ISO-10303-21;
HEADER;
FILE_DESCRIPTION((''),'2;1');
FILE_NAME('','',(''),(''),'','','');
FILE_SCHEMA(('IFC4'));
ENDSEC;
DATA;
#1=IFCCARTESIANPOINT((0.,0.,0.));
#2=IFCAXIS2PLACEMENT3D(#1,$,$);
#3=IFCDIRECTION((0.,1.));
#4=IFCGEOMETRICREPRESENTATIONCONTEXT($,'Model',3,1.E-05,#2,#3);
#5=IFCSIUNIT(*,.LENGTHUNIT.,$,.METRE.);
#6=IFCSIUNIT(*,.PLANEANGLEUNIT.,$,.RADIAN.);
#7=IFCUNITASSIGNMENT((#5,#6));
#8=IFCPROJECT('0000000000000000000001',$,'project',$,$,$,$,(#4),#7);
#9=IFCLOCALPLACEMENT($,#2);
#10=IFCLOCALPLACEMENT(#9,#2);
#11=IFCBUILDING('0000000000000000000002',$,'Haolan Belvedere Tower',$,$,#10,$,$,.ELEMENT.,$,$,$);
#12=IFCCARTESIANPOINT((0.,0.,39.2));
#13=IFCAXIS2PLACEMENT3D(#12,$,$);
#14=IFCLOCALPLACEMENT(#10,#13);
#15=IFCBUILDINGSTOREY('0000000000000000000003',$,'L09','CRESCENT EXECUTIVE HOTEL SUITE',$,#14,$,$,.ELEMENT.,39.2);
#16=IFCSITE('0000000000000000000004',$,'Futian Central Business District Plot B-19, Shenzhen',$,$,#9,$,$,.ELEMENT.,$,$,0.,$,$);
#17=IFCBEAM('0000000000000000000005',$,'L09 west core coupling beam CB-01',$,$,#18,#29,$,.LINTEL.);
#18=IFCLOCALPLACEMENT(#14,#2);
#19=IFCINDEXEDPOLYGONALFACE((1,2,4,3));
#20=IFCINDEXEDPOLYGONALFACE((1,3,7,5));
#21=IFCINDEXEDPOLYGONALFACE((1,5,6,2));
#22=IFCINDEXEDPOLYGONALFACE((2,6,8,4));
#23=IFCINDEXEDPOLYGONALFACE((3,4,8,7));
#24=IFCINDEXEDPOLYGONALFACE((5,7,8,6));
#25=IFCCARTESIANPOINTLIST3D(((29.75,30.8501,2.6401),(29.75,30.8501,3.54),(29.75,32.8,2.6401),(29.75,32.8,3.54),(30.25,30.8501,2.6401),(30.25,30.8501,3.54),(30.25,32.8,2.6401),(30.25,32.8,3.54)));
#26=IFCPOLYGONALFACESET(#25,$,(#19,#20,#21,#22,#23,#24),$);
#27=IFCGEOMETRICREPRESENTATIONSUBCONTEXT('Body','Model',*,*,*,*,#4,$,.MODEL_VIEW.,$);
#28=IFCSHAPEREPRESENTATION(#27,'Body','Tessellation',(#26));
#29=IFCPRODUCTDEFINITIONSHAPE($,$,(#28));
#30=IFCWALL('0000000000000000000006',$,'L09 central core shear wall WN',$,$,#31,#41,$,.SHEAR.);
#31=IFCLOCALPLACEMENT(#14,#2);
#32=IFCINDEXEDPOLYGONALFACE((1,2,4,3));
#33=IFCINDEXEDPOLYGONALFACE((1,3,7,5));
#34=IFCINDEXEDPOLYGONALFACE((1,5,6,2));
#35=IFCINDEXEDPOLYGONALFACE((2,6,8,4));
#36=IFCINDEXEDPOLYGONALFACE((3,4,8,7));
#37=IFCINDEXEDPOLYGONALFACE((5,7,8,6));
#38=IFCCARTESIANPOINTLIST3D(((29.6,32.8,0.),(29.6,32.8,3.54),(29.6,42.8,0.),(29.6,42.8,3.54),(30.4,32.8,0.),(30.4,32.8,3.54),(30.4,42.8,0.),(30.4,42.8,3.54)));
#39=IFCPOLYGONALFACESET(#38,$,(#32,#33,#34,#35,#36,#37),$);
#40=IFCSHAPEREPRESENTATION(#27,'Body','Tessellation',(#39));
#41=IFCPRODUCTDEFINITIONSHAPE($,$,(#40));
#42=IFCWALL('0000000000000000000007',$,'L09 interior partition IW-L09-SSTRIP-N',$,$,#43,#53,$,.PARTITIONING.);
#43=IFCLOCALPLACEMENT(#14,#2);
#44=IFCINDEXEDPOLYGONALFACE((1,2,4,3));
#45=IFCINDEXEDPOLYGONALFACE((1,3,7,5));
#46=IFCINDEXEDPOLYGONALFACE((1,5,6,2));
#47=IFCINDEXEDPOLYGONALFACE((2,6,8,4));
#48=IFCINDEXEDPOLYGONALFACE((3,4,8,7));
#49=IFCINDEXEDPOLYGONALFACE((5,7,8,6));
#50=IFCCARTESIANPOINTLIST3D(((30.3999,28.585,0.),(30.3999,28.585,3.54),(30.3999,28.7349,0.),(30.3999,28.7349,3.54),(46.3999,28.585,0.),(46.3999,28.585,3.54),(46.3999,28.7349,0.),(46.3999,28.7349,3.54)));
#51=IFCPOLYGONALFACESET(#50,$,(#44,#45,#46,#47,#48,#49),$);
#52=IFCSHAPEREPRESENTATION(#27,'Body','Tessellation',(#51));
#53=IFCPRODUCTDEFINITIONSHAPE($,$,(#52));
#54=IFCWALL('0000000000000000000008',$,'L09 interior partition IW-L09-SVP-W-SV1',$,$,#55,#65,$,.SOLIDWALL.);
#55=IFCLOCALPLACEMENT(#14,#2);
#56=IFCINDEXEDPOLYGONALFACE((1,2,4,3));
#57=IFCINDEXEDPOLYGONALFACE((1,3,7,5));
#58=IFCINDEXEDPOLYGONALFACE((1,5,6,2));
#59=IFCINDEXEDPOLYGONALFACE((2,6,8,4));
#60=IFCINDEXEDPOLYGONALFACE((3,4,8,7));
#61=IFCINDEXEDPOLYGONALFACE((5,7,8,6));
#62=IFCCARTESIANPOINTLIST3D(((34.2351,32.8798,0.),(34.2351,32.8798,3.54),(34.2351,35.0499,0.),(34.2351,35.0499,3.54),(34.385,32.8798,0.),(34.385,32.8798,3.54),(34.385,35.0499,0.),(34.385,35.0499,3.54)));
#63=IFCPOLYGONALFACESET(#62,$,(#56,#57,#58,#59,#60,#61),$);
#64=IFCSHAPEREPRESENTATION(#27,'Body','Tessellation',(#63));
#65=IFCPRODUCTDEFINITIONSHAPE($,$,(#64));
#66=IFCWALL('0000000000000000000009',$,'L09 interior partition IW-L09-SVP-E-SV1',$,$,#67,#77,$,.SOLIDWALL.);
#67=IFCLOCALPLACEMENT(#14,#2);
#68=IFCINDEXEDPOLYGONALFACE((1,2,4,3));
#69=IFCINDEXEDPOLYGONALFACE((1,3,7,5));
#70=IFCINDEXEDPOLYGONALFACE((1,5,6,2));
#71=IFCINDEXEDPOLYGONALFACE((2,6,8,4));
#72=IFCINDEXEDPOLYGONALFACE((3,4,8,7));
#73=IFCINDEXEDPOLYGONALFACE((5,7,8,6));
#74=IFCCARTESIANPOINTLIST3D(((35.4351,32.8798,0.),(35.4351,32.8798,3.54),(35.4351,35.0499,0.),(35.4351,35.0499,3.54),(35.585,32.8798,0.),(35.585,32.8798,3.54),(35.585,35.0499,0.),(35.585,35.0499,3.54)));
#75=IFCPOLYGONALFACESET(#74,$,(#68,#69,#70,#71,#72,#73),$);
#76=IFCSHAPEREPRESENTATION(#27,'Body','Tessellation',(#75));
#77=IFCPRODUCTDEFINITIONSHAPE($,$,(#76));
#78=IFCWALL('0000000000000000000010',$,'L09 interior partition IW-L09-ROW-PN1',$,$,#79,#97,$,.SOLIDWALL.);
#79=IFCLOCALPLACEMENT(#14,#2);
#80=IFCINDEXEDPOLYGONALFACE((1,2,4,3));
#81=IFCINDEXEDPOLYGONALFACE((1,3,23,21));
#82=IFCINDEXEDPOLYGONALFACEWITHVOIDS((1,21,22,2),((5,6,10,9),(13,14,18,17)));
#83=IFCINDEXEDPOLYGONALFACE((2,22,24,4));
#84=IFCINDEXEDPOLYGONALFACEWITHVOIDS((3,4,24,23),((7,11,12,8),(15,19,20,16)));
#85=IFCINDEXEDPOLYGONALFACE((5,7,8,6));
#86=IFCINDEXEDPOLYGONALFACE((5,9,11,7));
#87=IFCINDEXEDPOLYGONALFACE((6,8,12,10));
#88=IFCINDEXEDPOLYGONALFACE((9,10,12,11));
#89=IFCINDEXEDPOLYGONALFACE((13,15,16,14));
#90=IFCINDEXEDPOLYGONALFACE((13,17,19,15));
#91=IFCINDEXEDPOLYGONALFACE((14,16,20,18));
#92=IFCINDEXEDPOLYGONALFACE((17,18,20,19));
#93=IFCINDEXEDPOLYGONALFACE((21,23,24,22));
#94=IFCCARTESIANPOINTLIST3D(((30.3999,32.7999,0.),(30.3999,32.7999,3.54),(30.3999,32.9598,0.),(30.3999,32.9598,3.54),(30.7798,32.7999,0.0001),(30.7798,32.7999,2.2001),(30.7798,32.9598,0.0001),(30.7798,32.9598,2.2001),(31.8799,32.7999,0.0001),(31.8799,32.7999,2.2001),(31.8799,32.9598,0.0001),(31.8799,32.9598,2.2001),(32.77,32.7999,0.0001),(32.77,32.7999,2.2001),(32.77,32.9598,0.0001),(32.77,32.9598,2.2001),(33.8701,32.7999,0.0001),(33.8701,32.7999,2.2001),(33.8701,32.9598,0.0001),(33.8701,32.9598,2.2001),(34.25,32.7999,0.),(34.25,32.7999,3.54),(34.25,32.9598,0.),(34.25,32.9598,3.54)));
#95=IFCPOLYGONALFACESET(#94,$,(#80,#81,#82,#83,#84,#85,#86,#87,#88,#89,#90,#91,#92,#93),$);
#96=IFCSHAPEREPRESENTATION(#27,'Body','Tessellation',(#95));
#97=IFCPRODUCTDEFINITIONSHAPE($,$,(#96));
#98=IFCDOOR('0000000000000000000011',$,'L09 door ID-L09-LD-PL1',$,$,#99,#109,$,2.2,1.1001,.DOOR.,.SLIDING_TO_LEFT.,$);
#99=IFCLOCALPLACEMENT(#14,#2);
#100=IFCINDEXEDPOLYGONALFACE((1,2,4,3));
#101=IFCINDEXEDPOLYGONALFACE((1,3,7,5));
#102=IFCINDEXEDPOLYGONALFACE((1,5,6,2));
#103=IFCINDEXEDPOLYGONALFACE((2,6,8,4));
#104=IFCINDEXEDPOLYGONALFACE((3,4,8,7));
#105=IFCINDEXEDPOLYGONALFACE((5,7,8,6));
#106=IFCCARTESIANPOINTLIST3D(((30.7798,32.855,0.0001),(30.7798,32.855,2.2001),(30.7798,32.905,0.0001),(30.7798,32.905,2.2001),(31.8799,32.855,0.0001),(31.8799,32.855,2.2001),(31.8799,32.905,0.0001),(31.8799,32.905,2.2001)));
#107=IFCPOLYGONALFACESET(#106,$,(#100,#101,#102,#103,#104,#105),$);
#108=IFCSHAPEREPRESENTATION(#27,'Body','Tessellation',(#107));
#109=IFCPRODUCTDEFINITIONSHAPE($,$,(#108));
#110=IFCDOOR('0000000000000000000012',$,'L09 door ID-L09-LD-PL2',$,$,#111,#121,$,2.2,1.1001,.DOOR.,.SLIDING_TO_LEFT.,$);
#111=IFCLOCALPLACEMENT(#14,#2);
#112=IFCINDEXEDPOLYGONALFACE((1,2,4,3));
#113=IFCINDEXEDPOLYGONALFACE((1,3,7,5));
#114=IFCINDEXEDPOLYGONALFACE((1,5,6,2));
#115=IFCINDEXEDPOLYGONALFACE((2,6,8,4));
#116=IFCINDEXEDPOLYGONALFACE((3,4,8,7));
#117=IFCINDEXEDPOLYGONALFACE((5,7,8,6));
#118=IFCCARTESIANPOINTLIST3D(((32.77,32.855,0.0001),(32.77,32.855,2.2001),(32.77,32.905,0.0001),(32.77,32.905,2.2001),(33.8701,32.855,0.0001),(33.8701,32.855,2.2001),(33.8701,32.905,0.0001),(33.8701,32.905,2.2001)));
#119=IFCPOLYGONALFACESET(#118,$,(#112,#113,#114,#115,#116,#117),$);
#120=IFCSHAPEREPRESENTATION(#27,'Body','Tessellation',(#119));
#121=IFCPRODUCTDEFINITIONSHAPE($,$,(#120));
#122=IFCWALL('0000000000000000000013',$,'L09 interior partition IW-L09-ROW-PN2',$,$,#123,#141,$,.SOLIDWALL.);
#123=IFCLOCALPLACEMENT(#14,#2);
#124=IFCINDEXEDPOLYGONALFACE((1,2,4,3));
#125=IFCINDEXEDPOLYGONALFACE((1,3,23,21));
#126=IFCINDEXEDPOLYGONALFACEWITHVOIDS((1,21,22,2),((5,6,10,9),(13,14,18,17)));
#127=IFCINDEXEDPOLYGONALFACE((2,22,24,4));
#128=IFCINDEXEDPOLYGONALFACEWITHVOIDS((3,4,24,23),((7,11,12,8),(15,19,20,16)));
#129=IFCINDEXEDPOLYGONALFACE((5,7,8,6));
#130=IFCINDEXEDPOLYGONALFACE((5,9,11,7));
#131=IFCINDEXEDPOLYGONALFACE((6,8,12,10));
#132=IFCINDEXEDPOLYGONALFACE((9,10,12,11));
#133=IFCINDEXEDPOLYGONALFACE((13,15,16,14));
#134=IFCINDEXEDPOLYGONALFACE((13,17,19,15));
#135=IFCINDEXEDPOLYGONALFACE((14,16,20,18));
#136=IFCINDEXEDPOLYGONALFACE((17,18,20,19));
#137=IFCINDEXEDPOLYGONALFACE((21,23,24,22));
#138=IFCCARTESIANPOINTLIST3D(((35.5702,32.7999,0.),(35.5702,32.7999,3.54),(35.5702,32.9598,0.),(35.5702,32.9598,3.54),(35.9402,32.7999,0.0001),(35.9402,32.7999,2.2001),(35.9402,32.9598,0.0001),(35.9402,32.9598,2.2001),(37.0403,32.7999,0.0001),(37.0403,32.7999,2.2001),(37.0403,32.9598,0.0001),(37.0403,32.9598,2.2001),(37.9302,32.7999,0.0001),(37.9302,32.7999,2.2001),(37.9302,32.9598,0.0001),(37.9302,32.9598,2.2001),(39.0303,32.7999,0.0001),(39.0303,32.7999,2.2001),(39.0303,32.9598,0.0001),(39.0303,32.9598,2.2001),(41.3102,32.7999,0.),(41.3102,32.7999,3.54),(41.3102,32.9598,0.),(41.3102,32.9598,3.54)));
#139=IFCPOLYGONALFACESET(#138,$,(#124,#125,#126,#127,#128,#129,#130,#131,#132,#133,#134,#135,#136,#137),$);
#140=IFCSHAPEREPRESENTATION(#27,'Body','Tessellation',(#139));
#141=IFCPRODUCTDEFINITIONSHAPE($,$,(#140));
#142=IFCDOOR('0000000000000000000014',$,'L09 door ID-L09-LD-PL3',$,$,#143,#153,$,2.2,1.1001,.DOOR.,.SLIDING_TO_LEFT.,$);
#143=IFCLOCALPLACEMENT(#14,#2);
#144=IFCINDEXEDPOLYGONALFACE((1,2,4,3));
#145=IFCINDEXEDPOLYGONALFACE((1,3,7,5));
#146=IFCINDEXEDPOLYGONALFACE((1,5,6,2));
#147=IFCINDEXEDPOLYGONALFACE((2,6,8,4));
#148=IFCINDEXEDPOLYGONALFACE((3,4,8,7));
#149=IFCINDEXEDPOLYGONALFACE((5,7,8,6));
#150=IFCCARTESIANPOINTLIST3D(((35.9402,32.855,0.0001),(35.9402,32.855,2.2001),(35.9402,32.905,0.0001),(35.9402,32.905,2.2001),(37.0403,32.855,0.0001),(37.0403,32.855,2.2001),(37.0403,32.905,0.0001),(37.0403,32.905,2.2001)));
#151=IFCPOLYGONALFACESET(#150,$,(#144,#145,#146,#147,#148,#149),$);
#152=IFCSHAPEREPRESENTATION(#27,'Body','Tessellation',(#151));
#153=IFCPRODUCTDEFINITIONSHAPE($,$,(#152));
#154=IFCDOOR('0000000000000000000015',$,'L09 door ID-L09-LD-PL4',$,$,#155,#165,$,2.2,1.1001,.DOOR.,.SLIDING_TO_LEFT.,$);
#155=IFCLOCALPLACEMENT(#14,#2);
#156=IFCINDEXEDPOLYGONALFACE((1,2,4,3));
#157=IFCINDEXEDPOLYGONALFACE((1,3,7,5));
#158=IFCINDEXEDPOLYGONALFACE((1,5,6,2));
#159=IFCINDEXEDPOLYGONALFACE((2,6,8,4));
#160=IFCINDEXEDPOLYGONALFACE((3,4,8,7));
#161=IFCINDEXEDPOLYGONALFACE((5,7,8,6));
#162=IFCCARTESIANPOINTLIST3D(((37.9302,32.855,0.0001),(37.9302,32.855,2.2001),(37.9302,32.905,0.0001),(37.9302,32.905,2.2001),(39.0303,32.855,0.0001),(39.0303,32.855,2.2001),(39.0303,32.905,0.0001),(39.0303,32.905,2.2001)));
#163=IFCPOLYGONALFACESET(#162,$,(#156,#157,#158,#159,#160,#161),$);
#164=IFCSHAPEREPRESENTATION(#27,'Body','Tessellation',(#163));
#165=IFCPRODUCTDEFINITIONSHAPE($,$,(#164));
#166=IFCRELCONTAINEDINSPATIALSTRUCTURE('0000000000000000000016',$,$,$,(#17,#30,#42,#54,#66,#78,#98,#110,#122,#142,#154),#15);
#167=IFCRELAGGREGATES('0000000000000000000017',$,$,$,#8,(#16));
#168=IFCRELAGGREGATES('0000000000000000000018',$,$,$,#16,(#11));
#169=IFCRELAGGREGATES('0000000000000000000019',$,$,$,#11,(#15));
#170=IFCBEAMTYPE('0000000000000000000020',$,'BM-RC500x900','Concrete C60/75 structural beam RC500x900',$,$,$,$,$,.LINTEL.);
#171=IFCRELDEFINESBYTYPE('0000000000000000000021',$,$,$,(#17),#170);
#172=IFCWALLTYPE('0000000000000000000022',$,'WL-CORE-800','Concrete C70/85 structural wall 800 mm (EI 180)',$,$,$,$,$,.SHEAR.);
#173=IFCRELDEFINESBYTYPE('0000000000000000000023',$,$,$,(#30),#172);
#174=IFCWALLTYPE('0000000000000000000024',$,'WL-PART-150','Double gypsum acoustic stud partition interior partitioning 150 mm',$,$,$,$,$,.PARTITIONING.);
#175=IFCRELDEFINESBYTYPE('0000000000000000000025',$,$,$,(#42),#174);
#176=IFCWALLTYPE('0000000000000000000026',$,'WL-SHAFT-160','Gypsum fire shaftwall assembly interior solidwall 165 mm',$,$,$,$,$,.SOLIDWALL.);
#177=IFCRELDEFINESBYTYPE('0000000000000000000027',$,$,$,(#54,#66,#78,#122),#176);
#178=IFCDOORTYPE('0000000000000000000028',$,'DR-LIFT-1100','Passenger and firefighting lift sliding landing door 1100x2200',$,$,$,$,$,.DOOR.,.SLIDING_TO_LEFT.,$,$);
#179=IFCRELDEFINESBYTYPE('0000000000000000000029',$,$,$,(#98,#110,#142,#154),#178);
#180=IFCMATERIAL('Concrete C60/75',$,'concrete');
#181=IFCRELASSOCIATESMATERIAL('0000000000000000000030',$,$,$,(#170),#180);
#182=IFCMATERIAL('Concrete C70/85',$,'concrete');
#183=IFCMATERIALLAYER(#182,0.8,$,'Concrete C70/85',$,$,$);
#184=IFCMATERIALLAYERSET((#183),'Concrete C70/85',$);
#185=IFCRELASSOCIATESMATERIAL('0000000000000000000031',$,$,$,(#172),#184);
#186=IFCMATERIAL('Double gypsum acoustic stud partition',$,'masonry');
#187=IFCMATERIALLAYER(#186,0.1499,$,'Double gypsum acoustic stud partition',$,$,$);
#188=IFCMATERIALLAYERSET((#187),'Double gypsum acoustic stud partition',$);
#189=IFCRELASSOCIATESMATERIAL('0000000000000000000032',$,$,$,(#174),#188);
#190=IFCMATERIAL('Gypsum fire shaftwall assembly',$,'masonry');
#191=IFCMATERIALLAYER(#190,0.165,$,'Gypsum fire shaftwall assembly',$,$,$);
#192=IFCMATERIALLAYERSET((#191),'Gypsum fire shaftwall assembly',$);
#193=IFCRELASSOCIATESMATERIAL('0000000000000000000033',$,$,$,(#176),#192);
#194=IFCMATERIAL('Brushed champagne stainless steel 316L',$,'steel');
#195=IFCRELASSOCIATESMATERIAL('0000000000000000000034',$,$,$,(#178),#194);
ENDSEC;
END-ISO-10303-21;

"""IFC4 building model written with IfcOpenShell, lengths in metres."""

from ifc_helpers import new_model, si_unit, direction, frame, frame_2d, origin, origin_2d, place, context, subcontext, project, spatial, rectangle, extrude, material, layer, layer_set, material_profile, profile_set, type_object, element, fill, save


model = new_model("IFC4")

# Units and contexts
model_context = context("Model", 3, precision=1e-05, world=origin(), true_north=direction((0.0, 1.0)))
body_context = subcontext(model_context, "Body", "Model", "MODEL_VIEW")
ifc_project = project(units=[si_unit("LENGTHUNIT", "METRE"), si_unit("PLANEANGLEUNIT", "RADIAN")], contexts=[model_context])

# Site, building, storey
site_placement = place(None, origin())
site = spatial("IfcSite", under=ifc_project, at=site_placement, Name="Futian Central Business District Plot B-19, Shenzhen", CompositionType="ELEMENT", RefElevation=0.0)
building_placement = place(site_placement, origin())
building = spatial("IfcBuilding", under=site, at=building_placement, Name="Haolan Belvedere Tower", CompositionType="ELEMENT")
storey_placement = place(building_placement, frame((0.0, 0.0, 39.2)))
storey = spatial("IfcBuildingStorey", under=building, at=storey_placement, Name="L09", Description="CRESCENT EXECUTIVE HOTEL SUITE", CompositionType="ELEMENT", Elevation=39.2)

# Beam
ifc_material_1 = material(Name="Concrete C60/75", Category="concrete")
ifc_material_profile = material_profile(ifc_material_1, rectangle(XDim=0.5, YDim=0.8999, at=origin_2d()), Name="Concrete C60/75")
ifc_profile_set = profile_set([ifc_material_profile], Name="Concrete C60/75")
beam_type = type_object("IfcBeamType", Name="BM-RC500x900", Description="Concrete C60/75 structural beam RC500x900", PredefinedType="LINTEL", material=ifc_profile_set)
beam_placement = place(storey_placement, frame((30.0, 30.8501, 3.0901), z_axis=(0.0, 1.0, 0.0), x_axis=(-1.0, 0.0, 0.0)))
element("IfcBeam", 1, at=beam_placement, inside=storey, type_object=beam_type, Name="L09 west core coupling beam CB-01", PredefinedType="LINTEL", context=body_context, shape_type="SweptSolid", body=[
    extrude(rectangle(XDim=0.5, YDim=0.8999, at=origin_2d()), origin(), (0.0, 0.0, 1.0), 1.95),
])

# Walls
ifc_material_2 = material(Name="Concrete C70/85", Category="concrete")
ifc_layer_1 = layer(ifc_material_2, 0.8, Name="Concrete C70/85")
ifc_layer_set_1 = layer_set([ifc_layer_1], Name="Concrete C70/85")
wall_type_1 = type_object("IfcWallType", Name="WL-CORE-800", Description="Concrete C70/85 structural wall 800 mm (EI 180)", PredefinedType="SHEAR", material=ifc_layer_set_1)
wall_1_placement = place(storey_placement, frame((30.0, 32.8, 0.0), z_axis=(0.0, 0.0, 1.0), x_axis=(0.0, 1.0, 0.0)))
element("IfcWall", 2, at=wall_1_placement, inside=storey, type_object=wall_type_1, Name="L09 central core shear wall WN", PredefinedType="SHEAR", context=body_context, shape_type="SweptSolid", body=[
    extrude(rectangle(XDim=10.0, YDim=0.8, at=frame_2d((5.0, 0.0))), origin(), (0.0, 0.0, 1.0), 3.54),
])
ifc_material_3 = material(Name="Double gypsum acoustic stud partition", Category="masonry")
ifc_layer_2 = layer(ifc_material_3, 0.1499, Name="Double gypsum acoustic stud partition")
ifc_layer_set_2 = layer_set([ifc_layer_2], Name="Double gypsum acoustic stud partition")
wall_type_2 = type_object("IfcWallType", Name="WL-PART-150", Description="Double gypsum acoustic stud partition interior partitioning 150 mm", PredefinedType="PARTITIONING", material=ifc_layer_set_2)
wall_2_placement = place(storey_placement, frame((30.3999, 28.6599, 0.0), z_axis=(0.0, 0.0, 1.0), x_axis=(1.0, 0.0, 0.0)))
element("IfcWall", 3, at=wall_2_placement, inside=storey, type_object=wall_type_2, Name="L09 interior partition IW-L09-SSTRIP-N", PredefinedType="PARTITIONING", context=body_context, shape_type="SweptSolid", body=[
    extrude(rectangle(XDim=16.0, YDim=0.1499, at=frame_2d((8.0, 0.0))), origin(), (0.0, 0.0, 1.0), 3.54),
])
ifc_material_4 = material(Name="Gypsum fire shaftwall assembly", Category="masonry")
ifc_layer_3 = layer(ifc_material_4, 0.165, Name="Gypsum fire shaftwall assembly")
ifc_layer_set_3 = layer_set([ifc_layer_3], Name="Gypsum fire shaftwall assembly")
wall_type_3 = type_object("IfcWallType", Name="WL-SHAFT-160", Description="Gypsum fire shaftwall assembly interior solidwall 165 mm", PredefinedType="SOLIDWALL", material=ifc_layer_set_3)
for number, where, z_axis, x_axis, name in (
    (4, (34.3101, 32.8799, 0.0), (0.0, 0.0, 1.0), (0.0, 1.0, 0.0), "L09 interior partition IW-L09-SVP-W-SV1"),
    (5, (35.51, 32.8799, 0.0), (0.0, 0.0, 1.0), (0.0, 1.0, 0.0), "L09 interior partition IW-L09-SVP-E-SV1"),
):
    element("IfcWall", number, at=place(storey_placement, frame(where, z_axis=z_axis, x_axis=x_axis)), inside=storey, type_object=wall_type_3, Name=name, PredefinedType="SOLIDWALL", context=body_context, shape_type="SweptSolid", body=[
        extrude(rectangle(XDim=2.1702, YDim=0.1499, at=frame_2d((1.085, 0.0))), origin(), (0.0, 0.0, 1.0), 3.54),
    ])

# Walls, openings, doors
wall_3_placement = place(storey_placement, frame((30.3999, 32.8799, 0.0), z_axis=(0.0, 0.0, 1.0), x_axis=(1.0, 0.0, 0.0)))
wall_3 = element("IfcWall", 6, at=wall_3_placement, inside=storey, type_object=wall_type_3, Name="L09 interior partition IW-L09-ROW-PN1", PredefinedType="SOLIDWALL", context=body_context, shape_type="SweptSolid", body=[
    extrude(rectangle(XDim=3.8501, YDim=0.1599, at=frame_2d((1.925, 0.0))), origin(), (0.0, 0.0, 1.0), 3.54),
])
opening_1_placement = place(wall_3_placement, frame((1.48, 0.0, 0.0), z_axis=(0.0, 0.0, 1.0), x_axis=(-1.0, 0.0, 0.0)))
opening_1 = element("IfcOpeningElement", 7, at=opening_1_placement, cuts=wall_3, PredefinedType="OPENING", context=body_context, shape_type="SweptSolid", body=[
    extrude(rectangle(XDim=1.1001, YDim=2.2, at=frame_2d((0.55, 1.1001))), frame((0.0, 0.0898, 0.0), z_axis=(0.0, -1.0, 0.0), x_axis=(1.0, 0.0, 0.0)), (0.0, 0.0, 1.0), 0.1799),
])
opening_2_placement = place(wall_3_placement, frame((3.4702, 0.0, 0.0), z_axis=(0.0, 0.0, 1.0), x_axis=(-1.0, 0.0, 0.0)))
opening_2 = element("IfcOpeningElement", 8, at=opening_2_placement, cuts=wall_3, PredefinedType="OPENING", context=body_context, shape_type="SweptSolid", body=[
    extrude(rectangle(XDim=1.1001, YDim=2.2, at=frame_2d((0.55, 1.1001))), frame((0.0, 0.0898, 0.0), z_axis=(0.0, -1.0, 0.0), x_axis=(1.0, 0.0, 0.0)), (0.0, 0.0, 1.0), 0.1799),
])
ifc_material_5 = material(Name="Brushed champagne stainless steel 316L", Category="steel")
door_type_1 = type_object("IfcDoorType", Name="DR-LIFT-1100", Description="Passenger and firefighting lift sliding landing door 1100x2200", OperationType="SLIDING_TO_LEFT", PredefinedType="DOOR", material=ifc_material_5)
door_1_placement = place(opening_1_placement, origin())
door_1 = element("IfcDoor", 9, at=door_1_placement, inside=storey, type_object=door_type_1, Name="L09 door ID-L09-LD-PL1", OperationType="SLIDING_TO_LEFT", OverallHeight=2.2, OverallWidth=1.1001, PredefinedType="DOOR", context=body_context, shape_type="SweptSolid", body=[
    extrude(rectangle(XDim=1.1001, YDim=2.2, at=frame_2d((0.55, 1.1001))), frame((0.0, 0.0249, 0.0), z_axis=(0.0, -1.0, 0.0), x_axis=(1.0, 0.0, 0.0)), (0.0, 0.0, 1.0), 0.05),
])
fill(opening_1, door_1)
door_2_placement = place(opening_2_placement, origin())
door_2 = element("IfcDoor", 10, at=door_2_placement, inside=storey, type_object=door_type_1, Name="L09 door ID-L09-LD-PL2", OperationType="SLIDING_TO_LEFT", OverallHeight=2.2, OverallWidth=1.1001, PredefinedType="DOOR", context=body_context, shape_type="SweptSolid", body=[
    extrude(rectangle(XDim=1.1001, YDim=2.2, at=frame_2d((0.55, 1.1001))), frame((0.0, 0.0249, 0.0), z_axis=(0.0, -1.0, 0.0), x_axis=(1.0, 0.0, 0.0)), (0.0, 0.0, 1.0), 0.05),
])
fill(opening_2, door_2)
wall_4_placement = place(storey_placement, frame((35.5701, 32.8799, 0.0), z_axis=(0.0, 0.0, 1.0), x_axis=(1.0, 0.0, 0.0)))
wall_4 = element("IfcWall", 11, at=wall_4_placement, inside=storey, type_object=wall_type_3, Name="L09 interior partition IW-L09-ROW-PN2", PredefinedType="SOLIDWALL", context=body_context, shape_type="SweptSolid", body=[
    extrude(rectangle(XDim=5.74, YDim=0.1599, at=frame_2d((2.8701, 0.0))), origin(), (0.0, 0.0, 1.0), 3.54),
])
opening_3_placement = place(wall_4_placement, frame((1.4702, 0.0, 0.0), z_axis=(0.0, 0.0, 1.0), x_axis=(-1.0, 0.0, 0.0)))
opening_3 = element("IfcOpeningElement", 12, at=opening_3_placement, cuts=wall_4, PredefinedType="OPENING", context=body_context, shape_type="SweptSolid", body=[
    extrude(rectangle(XDim=1.1001, YDim=2.2, at=frame_2d((0.55, 1.1001))), frame((0.0, 0.0898, 0.0), z_axis=(0.0, -1.0, 0.0), x_axis=(1.0, 0.0, 0.0)), (0.0, 0.0, 1.0), 0.1799),
])
opening_4_placement = place(wall_4_placement, frame((3.4602, 0.0, 0.0), z_axis=(0.0, 0.0, 1.0), x_axis=(-1.0, 0.0, 0.0)))
opening_4 = element("IfcOpeningElement", 13, at=opening_4_placement, cuts=wall_4, PredefinedType="OPENING", context=body_context, shape_type="SweptSolid", body=[
    extrude(rectangle(XDim=1.1001, YDim=2.2, at=frame_2d((0.55, 1.1001))), frame((0.0, 0.0898, 0.0), z_axis=(0.0, -1.0, 0.0), x_axis=(1.0, 0.0, 0.0)), (0.0, 0.0, 1.0), 0.1799),
])
door_3_placement = place(opening_3_placement, origin())
door_3 = element("IfcDoor", 14, at=door_3_placement, inside=storey, type_object=door_type_1, Name="L09 door ID-L09-LD-PL3", OperationType="SLIDING_TO_LEFT", OverallHeight=2.2, OverallWidth=1.1001, PredefinedType="DOOR", context=body_context, shape_type="SweptSolid", body=[
    extrude(rectangle(XDim=1.1001, YDim=2.2, at=frame_2d((0.55, 1.1001))), frame((0.0, 0.0249, 0.0), z_axis=(0.0, -1.0, 0.0), x_axis=(1.0, 0.0, 0.0)), (0.0, 0.0, 1.0), 0.05),
])
fill(opening_3, door_3)
door_4_placement = place(opening_4_placement, origin())
door_4 = element("IfcDoor", 15, at=door_4_placement, inside=storey, type_object=door_type_1, Name="L09 door ID-L09-LD-PL4", OperationType="SLIDING_TO_LEFT", OverallHeight=2.2, OverallWidth=1.1001, PredefinedType="DOOR", context=body_context, shape_type="SweptSolid", body=[
    extrude(rectangle(XDim=1.1001, YDim=2.2, at=frame_2d((0.55, 1.1001))), frame((0.0, 0.0249, 0.0), z_axis=(0.0, -1.0, 0.0), x_axis=(1.0, 0.0, 0.0)), (0.0, 0.0, 1.0), 0.05),
])
fill(opening_4, door_4)

save(model, "model.ifc")
